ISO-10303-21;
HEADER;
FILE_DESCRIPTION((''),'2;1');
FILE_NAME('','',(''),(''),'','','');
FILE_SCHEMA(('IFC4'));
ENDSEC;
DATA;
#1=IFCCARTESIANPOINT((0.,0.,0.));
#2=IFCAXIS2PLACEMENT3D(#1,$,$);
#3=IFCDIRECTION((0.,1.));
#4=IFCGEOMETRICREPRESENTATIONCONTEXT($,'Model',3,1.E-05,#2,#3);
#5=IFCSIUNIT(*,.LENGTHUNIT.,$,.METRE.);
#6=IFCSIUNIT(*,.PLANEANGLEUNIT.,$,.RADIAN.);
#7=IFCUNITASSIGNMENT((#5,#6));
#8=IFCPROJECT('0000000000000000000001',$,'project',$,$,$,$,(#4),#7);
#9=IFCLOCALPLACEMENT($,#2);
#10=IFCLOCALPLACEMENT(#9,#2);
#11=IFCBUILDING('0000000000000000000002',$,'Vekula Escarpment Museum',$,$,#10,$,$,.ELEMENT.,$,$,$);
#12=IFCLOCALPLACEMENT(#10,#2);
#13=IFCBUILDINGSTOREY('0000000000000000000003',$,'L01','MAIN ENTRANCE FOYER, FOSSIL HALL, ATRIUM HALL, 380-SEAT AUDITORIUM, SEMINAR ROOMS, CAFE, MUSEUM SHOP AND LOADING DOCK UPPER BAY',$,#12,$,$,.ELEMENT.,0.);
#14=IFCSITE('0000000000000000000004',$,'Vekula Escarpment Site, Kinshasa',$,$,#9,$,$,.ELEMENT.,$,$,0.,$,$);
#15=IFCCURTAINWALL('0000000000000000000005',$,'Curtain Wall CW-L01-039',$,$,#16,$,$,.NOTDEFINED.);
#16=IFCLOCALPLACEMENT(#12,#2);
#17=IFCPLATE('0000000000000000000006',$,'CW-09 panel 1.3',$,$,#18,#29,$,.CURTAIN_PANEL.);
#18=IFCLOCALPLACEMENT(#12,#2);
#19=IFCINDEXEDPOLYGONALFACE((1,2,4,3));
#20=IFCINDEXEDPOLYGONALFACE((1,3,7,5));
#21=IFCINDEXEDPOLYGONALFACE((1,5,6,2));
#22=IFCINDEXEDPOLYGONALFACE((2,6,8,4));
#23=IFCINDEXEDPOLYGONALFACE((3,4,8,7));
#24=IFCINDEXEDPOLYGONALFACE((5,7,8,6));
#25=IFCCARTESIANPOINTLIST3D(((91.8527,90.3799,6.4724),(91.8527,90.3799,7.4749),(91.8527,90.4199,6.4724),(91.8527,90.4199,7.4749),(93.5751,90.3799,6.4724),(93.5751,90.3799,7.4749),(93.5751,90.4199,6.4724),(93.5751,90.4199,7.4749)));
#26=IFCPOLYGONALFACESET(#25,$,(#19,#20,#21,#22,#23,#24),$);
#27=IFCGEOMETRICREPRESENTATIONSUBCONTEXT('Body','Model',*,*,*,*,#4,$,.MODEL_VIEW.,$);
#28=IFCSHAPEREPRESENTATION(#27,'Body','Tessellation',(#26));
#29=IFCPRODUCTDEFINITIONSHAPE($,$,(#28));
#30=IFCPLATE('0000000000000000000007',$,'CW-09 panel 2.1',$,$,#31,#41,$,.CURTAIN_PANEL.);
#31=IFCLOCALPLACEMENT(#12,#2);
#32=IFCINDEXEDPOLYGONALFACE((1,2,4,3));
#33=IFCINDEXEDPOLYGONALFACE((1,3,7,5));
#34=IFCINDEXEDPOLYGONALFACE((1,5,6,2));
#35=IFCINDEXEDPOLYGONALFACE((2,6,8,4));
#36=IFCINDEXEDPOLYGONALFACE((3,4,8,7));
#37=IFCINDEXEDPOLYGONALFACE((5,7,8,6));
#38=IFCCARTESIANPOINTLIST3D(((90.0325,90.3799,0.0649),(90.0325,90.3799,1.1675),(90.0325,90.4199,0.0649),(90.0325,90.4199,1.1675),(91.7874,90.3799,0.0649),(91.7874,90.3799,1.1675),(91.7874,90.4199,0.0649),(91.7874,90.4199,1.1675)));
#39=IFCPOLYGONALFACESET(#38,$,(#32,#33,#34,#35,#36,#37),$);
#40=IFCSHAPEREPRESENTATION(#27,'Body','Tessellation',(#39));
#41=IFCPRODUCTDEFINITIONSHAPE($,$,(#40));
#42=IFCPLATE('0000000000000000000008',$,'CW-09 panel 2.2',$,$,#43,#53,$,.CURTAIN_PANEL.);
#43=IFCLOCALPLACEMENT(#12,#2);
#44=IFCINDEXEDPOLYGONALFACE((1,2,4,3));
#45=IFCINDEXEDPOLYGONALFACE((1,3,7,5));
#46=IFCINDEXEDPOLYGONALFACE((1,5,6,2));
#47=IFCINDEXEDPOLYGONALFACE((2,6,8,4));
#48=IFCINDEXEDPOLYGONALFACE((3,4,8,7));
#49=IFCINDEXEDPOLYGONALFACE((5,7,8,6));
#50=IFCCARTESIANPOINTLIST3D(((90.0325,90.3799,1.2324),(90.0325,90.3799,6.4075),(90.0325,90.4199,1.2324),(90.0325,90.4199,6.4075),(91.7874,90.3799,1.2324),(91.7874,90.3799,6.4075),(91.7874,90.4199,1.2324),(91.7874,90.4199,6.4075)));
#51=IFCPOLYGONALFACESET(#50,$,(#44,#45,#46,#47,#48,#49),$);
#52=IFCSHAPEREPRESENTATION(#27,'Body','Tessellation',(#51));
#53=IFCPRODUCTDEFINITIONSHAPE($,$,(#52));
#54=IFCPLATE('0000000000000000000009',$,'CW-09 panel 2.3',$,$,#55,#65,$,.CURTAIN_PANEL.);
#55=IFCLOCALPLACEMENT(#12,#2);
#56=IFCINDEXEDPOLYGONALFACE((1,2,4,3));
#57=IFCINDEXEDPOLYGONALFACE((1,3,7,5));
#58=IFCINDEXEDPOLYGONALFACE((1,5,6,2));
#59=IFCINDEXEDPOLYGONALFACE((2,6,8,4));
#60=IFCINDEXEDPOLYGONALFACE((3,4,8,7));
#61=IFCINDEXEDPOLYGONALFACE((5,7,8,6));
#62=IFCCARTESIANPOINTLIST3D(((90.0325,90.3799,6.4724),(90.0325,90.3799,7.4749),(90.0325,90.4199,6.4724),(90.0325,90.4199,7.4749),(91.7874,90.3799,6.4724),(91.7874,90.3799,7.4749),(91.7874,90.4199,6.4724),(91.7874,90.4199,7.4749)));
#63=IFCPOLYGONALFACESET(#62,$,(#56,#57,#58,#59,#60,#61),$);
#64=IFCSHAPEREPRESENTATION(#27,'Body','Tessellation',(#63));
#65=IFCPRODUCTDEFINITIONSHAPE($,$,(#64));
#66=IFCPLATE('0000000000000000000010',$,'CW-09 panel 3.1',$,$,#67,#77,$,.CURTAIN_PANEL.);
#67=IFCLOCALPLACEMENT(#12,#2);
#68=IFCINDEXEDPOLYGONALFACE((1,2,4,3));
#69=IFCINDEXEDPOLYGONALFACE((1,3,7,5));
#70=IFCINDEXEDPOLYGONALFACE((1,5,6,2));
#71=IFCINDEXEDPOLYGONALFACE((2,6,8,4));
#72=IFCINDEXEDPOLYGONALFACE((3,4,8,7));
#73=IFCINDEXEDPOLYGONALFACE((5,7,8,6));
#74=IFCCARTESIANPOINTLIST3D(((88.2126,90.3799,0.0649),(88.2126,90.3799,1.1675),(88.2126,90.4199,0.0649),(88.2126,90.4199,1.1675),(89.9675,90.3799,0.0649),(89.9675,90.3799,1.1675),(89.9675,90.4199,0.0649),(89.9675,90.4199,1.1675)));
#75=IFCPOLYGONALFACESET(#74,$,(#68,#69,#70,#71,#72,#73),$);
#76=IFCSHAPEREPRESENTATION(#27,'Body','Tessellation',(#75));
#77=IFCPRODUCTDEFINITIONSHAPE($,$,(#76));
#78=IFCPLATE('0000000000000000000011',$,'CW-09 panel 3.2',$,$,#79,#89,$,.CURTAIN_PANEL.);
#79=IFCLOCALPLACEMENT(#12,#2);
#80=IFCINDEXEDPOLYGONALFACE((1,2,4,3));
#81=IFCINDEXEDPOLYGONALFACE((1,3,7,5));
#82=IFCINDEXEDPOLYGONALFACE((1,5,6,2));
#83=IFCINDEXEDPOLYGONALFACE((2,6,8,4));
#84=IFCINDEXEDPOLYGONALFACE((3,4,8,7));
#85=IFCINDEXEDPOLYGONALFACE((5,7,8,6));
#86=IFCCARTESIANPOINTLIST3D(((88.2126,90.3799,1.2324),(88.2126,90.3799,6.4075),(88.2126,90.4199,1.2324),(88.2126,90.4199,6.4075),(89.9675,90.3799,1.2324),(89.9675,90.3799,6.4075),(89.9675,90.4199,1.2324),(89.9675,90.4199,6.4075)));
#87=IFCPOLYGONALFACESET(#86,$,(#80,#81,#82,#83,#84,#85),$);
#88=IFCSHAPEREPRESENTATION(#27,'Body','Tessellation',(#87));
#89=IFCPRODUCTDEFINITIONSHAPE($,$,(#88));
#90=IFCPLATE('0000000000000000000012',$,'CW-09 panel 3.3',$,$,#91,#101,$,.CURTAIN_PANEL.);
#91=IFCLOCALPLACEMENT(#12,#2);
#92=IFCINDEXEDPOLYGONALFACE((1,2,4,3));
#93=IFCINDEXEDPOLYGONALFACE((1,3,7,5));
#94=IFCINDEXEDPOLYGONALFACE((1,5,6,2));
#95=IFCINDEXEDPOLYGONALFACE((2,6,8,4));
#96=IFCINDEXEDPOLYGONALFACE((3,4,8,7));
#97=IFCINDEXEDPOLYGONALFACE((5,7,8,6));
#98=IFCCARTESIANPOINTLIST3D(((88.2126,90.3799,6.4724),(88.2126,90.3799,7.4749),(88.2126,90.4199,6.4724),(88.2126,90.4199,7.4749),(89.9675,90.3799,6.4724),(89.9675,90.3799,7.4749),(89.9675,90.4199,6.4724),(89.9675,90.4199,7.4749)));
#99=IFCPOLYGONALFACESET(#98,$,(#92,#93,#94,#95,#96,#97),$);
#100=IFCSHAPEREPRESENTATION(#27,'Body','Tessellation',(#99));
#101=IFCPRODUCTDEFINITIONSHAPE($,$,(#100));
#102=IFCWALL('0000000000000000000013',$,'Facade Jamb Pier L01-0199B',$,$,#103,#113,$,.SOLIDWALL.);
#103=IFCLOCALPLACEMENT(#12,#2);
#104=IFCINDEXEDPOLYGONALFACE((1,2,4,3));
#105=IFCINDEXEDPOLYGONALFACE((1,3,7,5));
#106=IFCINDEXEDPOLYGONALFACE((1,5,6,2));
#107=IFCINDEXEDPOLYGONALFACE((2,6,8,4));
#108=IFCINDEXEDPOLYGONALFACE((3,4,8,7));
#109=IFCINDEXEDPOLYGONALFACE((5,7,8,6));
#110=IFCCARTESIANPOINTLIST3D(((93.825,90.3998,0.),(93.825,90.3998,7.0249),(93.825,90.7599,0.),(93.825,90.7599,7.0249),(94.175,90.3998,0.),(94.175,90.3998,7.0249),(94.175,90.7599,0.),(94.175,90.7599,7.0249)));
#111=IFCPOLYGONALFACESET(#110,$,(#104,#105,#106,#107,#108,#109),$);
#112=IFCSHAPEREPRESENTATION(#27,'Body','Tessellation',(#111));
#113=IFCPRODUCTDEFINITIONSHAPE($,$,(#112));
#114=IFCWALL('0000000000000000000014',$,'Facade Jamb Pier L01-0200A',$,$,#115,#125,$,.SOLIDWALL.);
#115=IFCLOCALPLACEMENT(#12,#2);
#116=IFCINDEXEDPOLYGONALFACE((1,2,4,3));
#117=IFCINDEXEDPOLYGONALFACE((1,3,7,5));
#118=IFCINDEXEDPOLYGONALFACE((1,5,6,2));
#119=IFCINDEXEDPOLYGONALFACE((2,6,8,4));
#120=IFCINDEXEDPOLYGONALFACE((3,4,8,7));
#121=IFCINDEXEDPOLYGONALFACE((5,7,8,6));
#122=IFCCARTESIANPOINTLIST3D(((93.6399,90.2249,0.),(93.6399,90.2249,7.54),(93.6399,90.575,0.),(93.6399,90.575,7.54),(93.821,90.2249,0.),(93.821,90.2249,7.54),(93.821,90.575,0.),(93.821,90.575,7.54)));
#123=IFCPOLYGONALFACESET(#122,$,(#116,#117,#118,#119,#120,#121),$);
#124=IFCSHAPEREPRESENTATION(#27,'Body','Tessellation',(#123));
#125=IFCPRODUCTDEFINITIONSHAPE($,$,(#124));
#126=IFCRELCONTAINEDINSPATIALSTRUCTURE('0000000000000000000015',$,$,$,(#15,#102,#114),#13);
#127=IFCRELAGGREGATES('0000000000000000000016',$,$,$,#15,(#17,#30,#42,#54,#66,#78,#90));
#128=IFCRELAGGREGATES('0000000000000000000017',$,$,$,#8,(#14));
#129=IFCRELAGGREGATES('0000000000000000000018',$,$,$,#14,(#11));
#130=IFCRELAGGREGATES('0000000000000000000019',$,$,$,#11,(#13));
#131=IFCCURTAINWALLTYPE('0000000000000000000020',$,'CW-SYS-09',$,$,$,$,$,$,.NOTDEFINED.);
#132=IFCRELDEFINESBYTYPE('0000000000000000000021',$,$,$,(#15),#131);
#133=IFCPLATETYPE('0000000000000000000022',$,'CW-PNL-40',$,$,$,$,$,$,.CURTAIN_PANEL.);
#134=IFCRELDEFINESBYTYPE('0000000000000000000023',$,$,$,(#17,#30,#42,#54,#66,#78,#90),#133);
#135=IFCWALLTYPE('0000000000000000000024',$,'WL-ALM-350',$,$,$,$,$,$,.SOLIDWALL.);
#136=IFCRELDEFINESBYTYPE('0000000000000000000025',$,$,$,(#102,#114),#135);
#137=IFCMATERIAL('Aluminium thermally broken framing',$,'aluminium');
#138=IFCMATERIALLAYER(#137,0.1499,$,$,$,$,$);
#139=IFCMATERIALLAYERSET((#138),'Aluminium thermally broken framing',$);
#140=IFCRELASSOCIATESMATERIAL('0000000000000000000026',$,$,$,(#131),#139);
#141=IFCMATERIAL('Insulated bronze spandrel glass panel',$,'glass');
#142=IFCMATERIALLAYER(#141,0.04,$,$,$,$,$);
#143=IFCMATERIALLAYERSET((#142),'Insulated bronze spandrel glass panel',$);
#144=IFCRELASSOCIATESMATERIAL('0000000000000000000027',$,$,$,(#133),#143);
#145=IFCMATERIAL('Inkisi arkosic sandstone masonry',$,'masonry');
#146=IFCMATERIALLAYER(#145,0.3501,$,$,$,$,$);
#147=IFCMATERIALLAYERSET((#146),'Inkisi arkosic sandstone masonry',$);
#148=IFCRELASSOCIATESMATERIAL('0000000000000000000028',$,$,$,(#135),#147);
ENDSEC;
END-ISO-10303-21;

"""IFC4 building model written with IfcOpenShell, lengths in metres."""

from ifc_helpers import new_model, si_unit, direction, frame, frame_2d, origin, origin_2d, place, context, subcontext, project, spatial, rectangle, extrude, material, layer, layer_set, type_object, element, aggregate, save


model = new_model("IFC4")

# Units and contexts
model_context = context("Model", 3, precision=1e-05, world=origin(), true_north=direction((0.0, 1.0)))
body_context = subcontext(model_context, "Body", "Model", "MODEL_VIEW")
ifc_project = project(units=[si_unit("LENGTHUNIT", "METRE"), si_unit("PLANEANGLEUNIT", "RADIAN")], contexts=[model_context])

# Site, building, storey
site_placement = place(None, origin())
site = spatial("IfcSite", under=ifc_project, at=site_placement, Name="Vekula Escarpment Site, Kinshasa", CompositionType="ELEMENT", RefElevation=0.0)
building_placement = place(site_placement, origin())
building = spatial("IfcBuilding", under=site, at=building_placement, Name="Vekula Escarpment Museum", CompositionType="ELEMENT")
storey_placement = place(building_placement, origin())
storey = spatial("IfcBuildingStorey", under=building, at=storey_placement, Name="L01", Description="MAIN ENTRANCE FOYER, FOSSIL HALL, ATRIUM HALL, 380-SEAT AUDITORIUM, SEMINAR ROOMS, CAFE, MUSEUM SHOP AND LOADING DOCK UPPER BAY", CompositionType="ELEMENT", Elevation=0.0)

# Curtain wall
ifc_material_1 = material(Name="Aluminium thermally broken framing", Category="aluminium")
ifc_layer_1 = layer(ifc_material_1, 0.1499)
ifc_layer_set_1 = layer_set([ifc_layer_1], Name="Aluminium thermally broken framing")
curtain_wall_type_1 = type_object("IfcCurtainWallType", Name="CW-SYS-09", PredefinedType="NOTDEFINED", material=ifc_layer_set_1)
curtain_wall_1_placement = place(storey_placement, origin())
curtain_wall_1 = element("IfcCurtainWall", 1, at=curtain_wall_1_placement, inside=storey, type_object=curtain_wall_type_1, Name="Curtain Wall CW-L01-039", PredefinedType="NOTDEFINED")

# Plates
ifc_material_2 = material(Name="Insulated bronze spandrel glass panel", Category="glass")
ifc_layer_2 = layer(ifc_material_2, 0.04)
ifc_layer_set_2 = layer_set([ifc_layer_2], Name="Insulated bronze spandrel glass panel")
plate_type_1 = type_object("IfcPlateType", Name="CW-PNL-40", PredefinedType="CURTAIN_PANEL", material=ifc_layer_set_2)
plate_1_placement = place(storey_placement, frame((92.7139, 90.3999, 6.4724), z_axis=(0.0, 0.0, 1.0), x_axis=(-1.0, 0.0, 0.0)))
plate_1 = element("IfcPlate", 2, at=plate_1_placement, type_object=plate_type_1, Name="CW-09 panel 1.3", PredefinedType="CURTAIN_PANEL", context=body_context, shape_type="SweptSolid", body=[
    extrude(rectangle(XDim=1.7224, YDim=0.04, at=origin_2d()), origin(), (0.0, 0.0, 1.0), 1.0024),
])
plate_2_placement = place(storey_placement, frame((90.9099, 90.3999, 0.0649), z_axis=(0.0, 0.0, 1.0), x_axis=(-1.0, 0.0, 0.0)))
plate_2 = element("IfcPlate", 3, at=plate_2_placement, type_object=plate_type_1, Name="CW-09 panel 2.1", PredefinedType="CURTAIN_PANEL", context=body_context, shape_type="SweptSolid", body=[
    extrude(rectangle(XDim=1.7549, YDim=0.04, at=origin_2d()), origin(), (0.0, 0.0, 1.0), 1.1025),
])
plate_3_placement = place(storey_placement, frame((90.9099, 90.3999, 1.2324), z_axis=(0.0, 0.0, 1.0), x_axis=(-1.0, 0.0, 0.0)))
plate_3 = element("IfcPlate", 4, at=plate_3_placement, type_object=plate_type_1, Name="CW-09 panel 2.2", PredefinedType="CURTAIN_PANEL", context=body_context, shape_type="SweptSolid", body=[
    extrude(rectangle(XDim=1.7549, YDim=0.04, at=origin_2d()), origin(), (0.0, 0.0, 1.0), 5.175),
])
plate_4_placement = place(storey_placement, frame((90.9099, 90.3999, 6.4724), z_axis=(0.0, 0.0, 1.0), x_axis=(-1.0, 0.0, 0.0)))
plate_4 = element("IfcPlate", 5, at=plate_4_placement, type_object=plate_type_1, Name="CW-09 panel 2.3", PredefinedType="CURTAIN_PANEL", context=body_context, shape_type="SweptSolid", body=[
    extrude(rectangle(XDim=1.7549, YDim=0.04, at=origin_2d()), origin(), (0.0, 0.0, 1.0), 1.0024),
])
plate_5_placement = place(storey_placement, frame((89.0901, 90.3999, 0.0649), z_axis=(0.0, 0.0, 1.0), x_axis=(-1.0, 0.0, 0.0)))
plate_5 = element("IfcPlate", 6, at=plate_5_placement, type_object=plate_type_1, Name="CW-09 panel 3.1", PredefinedType="CURTAIN_PANEL", context=body_context, shape_type="SweptSolid", body=[
    extrude(rectangle(XDim=1.7549, YDim=0.04, at=origin_2d()), origin(), (0.0, 0.0, 1.0), 1.1025),
])
plate_6_placement = place(storey_placement, frame((89.0901, 90.3999, 1.2324), z_axis=(0.0, 0.0, 1.0), x_axis=(-1.0, 0.0, 0.0)))
plate_6 = element("IfcPlate", 7, at=plate_6_placement, type_object=plate_type_1, Name="CW-09 panel 3.2", PredefinedType="CURTAIN_PANEL", context=body_context, shape_type="SweptSolid", body=[
    extrude(rectangle(XDim=1.7549, YDim=0.04, at=origin_2d()), origin(), (0.0, 0.0, 1.0), 5.175),
])
plate_7_placement = place(storey_placement, frame((89.0901, 90.3999, 6.4724), z_axis=(0.0, 0.0, 1.0), x_axis=(-1.0, 0.0, 0.0)))
plate_7 = element("IfcPlate", 8, at=plate_7_placement, type_object=plate_type_1, Name="CW-09 panel 3.3", PredefinedType="CURTAIN_PANEL", context=body_context, shape_type="SweptSolid", body=[
    extrude(rectangle(XDim=1.7549, YDim=0.04, at=origin_2d()), origin(), (0.0, 0.0, 1.0), 1.0024),
])
aggregate(curtain_wall_1, [plate_1, plate_2, plate_3, plate_4, plate_5, plate_6, plate_7])

# Walls
ifc_material_3 = material(Name="Inkisi arkosic sandstone masonry", Category="masonry")
ifc_layer_3 = layer(ifc_material_3, 0.3501)
ifc_layer_set_3 = layer_set([ifc_layer_3], Name="Inkisi arkosic sandstone masonry")
wall_type = type_object("IfcWallType", Name="WL-ALM-350", PredefinedType="SOLIDWALL", material=ifc_layer_set_3)
wall_1_placement = place(storey_placement, frame((94.0, 90.76, 0.0), z_axis=(0.0, 0.0, 1.0), x_axis=(0.0, -1.0, 0.0)))
element("IfcWall", 9, at=wall_1_placement, inside=storey, type_object=wall_type, Name="Facade Jamb Pier L01-0199B", PredefinedType="SOLIDWALL", context=body_context, shape_type="SweptSolid", body=[
    extrude(rectangle(XDim=0.3601, YDim=0.3501, at=frame_2d((0.1802, 0.0))), origin(), (0.0, 0.0, 1.0), 7.0249),
])
wall_2_placement = place(storey_placement, frame((93.821, 90.3999, 0.0), z_axis=(0.0, 0.0, 1.0), x_axis=(-1.0, 0.0, 0.0)))
element("IfcWall", 10, at=wall_2_placement, inside=storey, type_object=wall_type, Name="Facade Jamb Pier L01-0200A", PredefinedType="SOLIDWALL", context=body_context, shape_type="SweptSolid", body=[
    extrude(rectangle(XDim=0.1812, YDim=0.3501, at=frame_2d((0.0906, 0.0))), origin(), (0.0, 0.0, 1.0), 7.54),
])

save(model, "model.ifc")
